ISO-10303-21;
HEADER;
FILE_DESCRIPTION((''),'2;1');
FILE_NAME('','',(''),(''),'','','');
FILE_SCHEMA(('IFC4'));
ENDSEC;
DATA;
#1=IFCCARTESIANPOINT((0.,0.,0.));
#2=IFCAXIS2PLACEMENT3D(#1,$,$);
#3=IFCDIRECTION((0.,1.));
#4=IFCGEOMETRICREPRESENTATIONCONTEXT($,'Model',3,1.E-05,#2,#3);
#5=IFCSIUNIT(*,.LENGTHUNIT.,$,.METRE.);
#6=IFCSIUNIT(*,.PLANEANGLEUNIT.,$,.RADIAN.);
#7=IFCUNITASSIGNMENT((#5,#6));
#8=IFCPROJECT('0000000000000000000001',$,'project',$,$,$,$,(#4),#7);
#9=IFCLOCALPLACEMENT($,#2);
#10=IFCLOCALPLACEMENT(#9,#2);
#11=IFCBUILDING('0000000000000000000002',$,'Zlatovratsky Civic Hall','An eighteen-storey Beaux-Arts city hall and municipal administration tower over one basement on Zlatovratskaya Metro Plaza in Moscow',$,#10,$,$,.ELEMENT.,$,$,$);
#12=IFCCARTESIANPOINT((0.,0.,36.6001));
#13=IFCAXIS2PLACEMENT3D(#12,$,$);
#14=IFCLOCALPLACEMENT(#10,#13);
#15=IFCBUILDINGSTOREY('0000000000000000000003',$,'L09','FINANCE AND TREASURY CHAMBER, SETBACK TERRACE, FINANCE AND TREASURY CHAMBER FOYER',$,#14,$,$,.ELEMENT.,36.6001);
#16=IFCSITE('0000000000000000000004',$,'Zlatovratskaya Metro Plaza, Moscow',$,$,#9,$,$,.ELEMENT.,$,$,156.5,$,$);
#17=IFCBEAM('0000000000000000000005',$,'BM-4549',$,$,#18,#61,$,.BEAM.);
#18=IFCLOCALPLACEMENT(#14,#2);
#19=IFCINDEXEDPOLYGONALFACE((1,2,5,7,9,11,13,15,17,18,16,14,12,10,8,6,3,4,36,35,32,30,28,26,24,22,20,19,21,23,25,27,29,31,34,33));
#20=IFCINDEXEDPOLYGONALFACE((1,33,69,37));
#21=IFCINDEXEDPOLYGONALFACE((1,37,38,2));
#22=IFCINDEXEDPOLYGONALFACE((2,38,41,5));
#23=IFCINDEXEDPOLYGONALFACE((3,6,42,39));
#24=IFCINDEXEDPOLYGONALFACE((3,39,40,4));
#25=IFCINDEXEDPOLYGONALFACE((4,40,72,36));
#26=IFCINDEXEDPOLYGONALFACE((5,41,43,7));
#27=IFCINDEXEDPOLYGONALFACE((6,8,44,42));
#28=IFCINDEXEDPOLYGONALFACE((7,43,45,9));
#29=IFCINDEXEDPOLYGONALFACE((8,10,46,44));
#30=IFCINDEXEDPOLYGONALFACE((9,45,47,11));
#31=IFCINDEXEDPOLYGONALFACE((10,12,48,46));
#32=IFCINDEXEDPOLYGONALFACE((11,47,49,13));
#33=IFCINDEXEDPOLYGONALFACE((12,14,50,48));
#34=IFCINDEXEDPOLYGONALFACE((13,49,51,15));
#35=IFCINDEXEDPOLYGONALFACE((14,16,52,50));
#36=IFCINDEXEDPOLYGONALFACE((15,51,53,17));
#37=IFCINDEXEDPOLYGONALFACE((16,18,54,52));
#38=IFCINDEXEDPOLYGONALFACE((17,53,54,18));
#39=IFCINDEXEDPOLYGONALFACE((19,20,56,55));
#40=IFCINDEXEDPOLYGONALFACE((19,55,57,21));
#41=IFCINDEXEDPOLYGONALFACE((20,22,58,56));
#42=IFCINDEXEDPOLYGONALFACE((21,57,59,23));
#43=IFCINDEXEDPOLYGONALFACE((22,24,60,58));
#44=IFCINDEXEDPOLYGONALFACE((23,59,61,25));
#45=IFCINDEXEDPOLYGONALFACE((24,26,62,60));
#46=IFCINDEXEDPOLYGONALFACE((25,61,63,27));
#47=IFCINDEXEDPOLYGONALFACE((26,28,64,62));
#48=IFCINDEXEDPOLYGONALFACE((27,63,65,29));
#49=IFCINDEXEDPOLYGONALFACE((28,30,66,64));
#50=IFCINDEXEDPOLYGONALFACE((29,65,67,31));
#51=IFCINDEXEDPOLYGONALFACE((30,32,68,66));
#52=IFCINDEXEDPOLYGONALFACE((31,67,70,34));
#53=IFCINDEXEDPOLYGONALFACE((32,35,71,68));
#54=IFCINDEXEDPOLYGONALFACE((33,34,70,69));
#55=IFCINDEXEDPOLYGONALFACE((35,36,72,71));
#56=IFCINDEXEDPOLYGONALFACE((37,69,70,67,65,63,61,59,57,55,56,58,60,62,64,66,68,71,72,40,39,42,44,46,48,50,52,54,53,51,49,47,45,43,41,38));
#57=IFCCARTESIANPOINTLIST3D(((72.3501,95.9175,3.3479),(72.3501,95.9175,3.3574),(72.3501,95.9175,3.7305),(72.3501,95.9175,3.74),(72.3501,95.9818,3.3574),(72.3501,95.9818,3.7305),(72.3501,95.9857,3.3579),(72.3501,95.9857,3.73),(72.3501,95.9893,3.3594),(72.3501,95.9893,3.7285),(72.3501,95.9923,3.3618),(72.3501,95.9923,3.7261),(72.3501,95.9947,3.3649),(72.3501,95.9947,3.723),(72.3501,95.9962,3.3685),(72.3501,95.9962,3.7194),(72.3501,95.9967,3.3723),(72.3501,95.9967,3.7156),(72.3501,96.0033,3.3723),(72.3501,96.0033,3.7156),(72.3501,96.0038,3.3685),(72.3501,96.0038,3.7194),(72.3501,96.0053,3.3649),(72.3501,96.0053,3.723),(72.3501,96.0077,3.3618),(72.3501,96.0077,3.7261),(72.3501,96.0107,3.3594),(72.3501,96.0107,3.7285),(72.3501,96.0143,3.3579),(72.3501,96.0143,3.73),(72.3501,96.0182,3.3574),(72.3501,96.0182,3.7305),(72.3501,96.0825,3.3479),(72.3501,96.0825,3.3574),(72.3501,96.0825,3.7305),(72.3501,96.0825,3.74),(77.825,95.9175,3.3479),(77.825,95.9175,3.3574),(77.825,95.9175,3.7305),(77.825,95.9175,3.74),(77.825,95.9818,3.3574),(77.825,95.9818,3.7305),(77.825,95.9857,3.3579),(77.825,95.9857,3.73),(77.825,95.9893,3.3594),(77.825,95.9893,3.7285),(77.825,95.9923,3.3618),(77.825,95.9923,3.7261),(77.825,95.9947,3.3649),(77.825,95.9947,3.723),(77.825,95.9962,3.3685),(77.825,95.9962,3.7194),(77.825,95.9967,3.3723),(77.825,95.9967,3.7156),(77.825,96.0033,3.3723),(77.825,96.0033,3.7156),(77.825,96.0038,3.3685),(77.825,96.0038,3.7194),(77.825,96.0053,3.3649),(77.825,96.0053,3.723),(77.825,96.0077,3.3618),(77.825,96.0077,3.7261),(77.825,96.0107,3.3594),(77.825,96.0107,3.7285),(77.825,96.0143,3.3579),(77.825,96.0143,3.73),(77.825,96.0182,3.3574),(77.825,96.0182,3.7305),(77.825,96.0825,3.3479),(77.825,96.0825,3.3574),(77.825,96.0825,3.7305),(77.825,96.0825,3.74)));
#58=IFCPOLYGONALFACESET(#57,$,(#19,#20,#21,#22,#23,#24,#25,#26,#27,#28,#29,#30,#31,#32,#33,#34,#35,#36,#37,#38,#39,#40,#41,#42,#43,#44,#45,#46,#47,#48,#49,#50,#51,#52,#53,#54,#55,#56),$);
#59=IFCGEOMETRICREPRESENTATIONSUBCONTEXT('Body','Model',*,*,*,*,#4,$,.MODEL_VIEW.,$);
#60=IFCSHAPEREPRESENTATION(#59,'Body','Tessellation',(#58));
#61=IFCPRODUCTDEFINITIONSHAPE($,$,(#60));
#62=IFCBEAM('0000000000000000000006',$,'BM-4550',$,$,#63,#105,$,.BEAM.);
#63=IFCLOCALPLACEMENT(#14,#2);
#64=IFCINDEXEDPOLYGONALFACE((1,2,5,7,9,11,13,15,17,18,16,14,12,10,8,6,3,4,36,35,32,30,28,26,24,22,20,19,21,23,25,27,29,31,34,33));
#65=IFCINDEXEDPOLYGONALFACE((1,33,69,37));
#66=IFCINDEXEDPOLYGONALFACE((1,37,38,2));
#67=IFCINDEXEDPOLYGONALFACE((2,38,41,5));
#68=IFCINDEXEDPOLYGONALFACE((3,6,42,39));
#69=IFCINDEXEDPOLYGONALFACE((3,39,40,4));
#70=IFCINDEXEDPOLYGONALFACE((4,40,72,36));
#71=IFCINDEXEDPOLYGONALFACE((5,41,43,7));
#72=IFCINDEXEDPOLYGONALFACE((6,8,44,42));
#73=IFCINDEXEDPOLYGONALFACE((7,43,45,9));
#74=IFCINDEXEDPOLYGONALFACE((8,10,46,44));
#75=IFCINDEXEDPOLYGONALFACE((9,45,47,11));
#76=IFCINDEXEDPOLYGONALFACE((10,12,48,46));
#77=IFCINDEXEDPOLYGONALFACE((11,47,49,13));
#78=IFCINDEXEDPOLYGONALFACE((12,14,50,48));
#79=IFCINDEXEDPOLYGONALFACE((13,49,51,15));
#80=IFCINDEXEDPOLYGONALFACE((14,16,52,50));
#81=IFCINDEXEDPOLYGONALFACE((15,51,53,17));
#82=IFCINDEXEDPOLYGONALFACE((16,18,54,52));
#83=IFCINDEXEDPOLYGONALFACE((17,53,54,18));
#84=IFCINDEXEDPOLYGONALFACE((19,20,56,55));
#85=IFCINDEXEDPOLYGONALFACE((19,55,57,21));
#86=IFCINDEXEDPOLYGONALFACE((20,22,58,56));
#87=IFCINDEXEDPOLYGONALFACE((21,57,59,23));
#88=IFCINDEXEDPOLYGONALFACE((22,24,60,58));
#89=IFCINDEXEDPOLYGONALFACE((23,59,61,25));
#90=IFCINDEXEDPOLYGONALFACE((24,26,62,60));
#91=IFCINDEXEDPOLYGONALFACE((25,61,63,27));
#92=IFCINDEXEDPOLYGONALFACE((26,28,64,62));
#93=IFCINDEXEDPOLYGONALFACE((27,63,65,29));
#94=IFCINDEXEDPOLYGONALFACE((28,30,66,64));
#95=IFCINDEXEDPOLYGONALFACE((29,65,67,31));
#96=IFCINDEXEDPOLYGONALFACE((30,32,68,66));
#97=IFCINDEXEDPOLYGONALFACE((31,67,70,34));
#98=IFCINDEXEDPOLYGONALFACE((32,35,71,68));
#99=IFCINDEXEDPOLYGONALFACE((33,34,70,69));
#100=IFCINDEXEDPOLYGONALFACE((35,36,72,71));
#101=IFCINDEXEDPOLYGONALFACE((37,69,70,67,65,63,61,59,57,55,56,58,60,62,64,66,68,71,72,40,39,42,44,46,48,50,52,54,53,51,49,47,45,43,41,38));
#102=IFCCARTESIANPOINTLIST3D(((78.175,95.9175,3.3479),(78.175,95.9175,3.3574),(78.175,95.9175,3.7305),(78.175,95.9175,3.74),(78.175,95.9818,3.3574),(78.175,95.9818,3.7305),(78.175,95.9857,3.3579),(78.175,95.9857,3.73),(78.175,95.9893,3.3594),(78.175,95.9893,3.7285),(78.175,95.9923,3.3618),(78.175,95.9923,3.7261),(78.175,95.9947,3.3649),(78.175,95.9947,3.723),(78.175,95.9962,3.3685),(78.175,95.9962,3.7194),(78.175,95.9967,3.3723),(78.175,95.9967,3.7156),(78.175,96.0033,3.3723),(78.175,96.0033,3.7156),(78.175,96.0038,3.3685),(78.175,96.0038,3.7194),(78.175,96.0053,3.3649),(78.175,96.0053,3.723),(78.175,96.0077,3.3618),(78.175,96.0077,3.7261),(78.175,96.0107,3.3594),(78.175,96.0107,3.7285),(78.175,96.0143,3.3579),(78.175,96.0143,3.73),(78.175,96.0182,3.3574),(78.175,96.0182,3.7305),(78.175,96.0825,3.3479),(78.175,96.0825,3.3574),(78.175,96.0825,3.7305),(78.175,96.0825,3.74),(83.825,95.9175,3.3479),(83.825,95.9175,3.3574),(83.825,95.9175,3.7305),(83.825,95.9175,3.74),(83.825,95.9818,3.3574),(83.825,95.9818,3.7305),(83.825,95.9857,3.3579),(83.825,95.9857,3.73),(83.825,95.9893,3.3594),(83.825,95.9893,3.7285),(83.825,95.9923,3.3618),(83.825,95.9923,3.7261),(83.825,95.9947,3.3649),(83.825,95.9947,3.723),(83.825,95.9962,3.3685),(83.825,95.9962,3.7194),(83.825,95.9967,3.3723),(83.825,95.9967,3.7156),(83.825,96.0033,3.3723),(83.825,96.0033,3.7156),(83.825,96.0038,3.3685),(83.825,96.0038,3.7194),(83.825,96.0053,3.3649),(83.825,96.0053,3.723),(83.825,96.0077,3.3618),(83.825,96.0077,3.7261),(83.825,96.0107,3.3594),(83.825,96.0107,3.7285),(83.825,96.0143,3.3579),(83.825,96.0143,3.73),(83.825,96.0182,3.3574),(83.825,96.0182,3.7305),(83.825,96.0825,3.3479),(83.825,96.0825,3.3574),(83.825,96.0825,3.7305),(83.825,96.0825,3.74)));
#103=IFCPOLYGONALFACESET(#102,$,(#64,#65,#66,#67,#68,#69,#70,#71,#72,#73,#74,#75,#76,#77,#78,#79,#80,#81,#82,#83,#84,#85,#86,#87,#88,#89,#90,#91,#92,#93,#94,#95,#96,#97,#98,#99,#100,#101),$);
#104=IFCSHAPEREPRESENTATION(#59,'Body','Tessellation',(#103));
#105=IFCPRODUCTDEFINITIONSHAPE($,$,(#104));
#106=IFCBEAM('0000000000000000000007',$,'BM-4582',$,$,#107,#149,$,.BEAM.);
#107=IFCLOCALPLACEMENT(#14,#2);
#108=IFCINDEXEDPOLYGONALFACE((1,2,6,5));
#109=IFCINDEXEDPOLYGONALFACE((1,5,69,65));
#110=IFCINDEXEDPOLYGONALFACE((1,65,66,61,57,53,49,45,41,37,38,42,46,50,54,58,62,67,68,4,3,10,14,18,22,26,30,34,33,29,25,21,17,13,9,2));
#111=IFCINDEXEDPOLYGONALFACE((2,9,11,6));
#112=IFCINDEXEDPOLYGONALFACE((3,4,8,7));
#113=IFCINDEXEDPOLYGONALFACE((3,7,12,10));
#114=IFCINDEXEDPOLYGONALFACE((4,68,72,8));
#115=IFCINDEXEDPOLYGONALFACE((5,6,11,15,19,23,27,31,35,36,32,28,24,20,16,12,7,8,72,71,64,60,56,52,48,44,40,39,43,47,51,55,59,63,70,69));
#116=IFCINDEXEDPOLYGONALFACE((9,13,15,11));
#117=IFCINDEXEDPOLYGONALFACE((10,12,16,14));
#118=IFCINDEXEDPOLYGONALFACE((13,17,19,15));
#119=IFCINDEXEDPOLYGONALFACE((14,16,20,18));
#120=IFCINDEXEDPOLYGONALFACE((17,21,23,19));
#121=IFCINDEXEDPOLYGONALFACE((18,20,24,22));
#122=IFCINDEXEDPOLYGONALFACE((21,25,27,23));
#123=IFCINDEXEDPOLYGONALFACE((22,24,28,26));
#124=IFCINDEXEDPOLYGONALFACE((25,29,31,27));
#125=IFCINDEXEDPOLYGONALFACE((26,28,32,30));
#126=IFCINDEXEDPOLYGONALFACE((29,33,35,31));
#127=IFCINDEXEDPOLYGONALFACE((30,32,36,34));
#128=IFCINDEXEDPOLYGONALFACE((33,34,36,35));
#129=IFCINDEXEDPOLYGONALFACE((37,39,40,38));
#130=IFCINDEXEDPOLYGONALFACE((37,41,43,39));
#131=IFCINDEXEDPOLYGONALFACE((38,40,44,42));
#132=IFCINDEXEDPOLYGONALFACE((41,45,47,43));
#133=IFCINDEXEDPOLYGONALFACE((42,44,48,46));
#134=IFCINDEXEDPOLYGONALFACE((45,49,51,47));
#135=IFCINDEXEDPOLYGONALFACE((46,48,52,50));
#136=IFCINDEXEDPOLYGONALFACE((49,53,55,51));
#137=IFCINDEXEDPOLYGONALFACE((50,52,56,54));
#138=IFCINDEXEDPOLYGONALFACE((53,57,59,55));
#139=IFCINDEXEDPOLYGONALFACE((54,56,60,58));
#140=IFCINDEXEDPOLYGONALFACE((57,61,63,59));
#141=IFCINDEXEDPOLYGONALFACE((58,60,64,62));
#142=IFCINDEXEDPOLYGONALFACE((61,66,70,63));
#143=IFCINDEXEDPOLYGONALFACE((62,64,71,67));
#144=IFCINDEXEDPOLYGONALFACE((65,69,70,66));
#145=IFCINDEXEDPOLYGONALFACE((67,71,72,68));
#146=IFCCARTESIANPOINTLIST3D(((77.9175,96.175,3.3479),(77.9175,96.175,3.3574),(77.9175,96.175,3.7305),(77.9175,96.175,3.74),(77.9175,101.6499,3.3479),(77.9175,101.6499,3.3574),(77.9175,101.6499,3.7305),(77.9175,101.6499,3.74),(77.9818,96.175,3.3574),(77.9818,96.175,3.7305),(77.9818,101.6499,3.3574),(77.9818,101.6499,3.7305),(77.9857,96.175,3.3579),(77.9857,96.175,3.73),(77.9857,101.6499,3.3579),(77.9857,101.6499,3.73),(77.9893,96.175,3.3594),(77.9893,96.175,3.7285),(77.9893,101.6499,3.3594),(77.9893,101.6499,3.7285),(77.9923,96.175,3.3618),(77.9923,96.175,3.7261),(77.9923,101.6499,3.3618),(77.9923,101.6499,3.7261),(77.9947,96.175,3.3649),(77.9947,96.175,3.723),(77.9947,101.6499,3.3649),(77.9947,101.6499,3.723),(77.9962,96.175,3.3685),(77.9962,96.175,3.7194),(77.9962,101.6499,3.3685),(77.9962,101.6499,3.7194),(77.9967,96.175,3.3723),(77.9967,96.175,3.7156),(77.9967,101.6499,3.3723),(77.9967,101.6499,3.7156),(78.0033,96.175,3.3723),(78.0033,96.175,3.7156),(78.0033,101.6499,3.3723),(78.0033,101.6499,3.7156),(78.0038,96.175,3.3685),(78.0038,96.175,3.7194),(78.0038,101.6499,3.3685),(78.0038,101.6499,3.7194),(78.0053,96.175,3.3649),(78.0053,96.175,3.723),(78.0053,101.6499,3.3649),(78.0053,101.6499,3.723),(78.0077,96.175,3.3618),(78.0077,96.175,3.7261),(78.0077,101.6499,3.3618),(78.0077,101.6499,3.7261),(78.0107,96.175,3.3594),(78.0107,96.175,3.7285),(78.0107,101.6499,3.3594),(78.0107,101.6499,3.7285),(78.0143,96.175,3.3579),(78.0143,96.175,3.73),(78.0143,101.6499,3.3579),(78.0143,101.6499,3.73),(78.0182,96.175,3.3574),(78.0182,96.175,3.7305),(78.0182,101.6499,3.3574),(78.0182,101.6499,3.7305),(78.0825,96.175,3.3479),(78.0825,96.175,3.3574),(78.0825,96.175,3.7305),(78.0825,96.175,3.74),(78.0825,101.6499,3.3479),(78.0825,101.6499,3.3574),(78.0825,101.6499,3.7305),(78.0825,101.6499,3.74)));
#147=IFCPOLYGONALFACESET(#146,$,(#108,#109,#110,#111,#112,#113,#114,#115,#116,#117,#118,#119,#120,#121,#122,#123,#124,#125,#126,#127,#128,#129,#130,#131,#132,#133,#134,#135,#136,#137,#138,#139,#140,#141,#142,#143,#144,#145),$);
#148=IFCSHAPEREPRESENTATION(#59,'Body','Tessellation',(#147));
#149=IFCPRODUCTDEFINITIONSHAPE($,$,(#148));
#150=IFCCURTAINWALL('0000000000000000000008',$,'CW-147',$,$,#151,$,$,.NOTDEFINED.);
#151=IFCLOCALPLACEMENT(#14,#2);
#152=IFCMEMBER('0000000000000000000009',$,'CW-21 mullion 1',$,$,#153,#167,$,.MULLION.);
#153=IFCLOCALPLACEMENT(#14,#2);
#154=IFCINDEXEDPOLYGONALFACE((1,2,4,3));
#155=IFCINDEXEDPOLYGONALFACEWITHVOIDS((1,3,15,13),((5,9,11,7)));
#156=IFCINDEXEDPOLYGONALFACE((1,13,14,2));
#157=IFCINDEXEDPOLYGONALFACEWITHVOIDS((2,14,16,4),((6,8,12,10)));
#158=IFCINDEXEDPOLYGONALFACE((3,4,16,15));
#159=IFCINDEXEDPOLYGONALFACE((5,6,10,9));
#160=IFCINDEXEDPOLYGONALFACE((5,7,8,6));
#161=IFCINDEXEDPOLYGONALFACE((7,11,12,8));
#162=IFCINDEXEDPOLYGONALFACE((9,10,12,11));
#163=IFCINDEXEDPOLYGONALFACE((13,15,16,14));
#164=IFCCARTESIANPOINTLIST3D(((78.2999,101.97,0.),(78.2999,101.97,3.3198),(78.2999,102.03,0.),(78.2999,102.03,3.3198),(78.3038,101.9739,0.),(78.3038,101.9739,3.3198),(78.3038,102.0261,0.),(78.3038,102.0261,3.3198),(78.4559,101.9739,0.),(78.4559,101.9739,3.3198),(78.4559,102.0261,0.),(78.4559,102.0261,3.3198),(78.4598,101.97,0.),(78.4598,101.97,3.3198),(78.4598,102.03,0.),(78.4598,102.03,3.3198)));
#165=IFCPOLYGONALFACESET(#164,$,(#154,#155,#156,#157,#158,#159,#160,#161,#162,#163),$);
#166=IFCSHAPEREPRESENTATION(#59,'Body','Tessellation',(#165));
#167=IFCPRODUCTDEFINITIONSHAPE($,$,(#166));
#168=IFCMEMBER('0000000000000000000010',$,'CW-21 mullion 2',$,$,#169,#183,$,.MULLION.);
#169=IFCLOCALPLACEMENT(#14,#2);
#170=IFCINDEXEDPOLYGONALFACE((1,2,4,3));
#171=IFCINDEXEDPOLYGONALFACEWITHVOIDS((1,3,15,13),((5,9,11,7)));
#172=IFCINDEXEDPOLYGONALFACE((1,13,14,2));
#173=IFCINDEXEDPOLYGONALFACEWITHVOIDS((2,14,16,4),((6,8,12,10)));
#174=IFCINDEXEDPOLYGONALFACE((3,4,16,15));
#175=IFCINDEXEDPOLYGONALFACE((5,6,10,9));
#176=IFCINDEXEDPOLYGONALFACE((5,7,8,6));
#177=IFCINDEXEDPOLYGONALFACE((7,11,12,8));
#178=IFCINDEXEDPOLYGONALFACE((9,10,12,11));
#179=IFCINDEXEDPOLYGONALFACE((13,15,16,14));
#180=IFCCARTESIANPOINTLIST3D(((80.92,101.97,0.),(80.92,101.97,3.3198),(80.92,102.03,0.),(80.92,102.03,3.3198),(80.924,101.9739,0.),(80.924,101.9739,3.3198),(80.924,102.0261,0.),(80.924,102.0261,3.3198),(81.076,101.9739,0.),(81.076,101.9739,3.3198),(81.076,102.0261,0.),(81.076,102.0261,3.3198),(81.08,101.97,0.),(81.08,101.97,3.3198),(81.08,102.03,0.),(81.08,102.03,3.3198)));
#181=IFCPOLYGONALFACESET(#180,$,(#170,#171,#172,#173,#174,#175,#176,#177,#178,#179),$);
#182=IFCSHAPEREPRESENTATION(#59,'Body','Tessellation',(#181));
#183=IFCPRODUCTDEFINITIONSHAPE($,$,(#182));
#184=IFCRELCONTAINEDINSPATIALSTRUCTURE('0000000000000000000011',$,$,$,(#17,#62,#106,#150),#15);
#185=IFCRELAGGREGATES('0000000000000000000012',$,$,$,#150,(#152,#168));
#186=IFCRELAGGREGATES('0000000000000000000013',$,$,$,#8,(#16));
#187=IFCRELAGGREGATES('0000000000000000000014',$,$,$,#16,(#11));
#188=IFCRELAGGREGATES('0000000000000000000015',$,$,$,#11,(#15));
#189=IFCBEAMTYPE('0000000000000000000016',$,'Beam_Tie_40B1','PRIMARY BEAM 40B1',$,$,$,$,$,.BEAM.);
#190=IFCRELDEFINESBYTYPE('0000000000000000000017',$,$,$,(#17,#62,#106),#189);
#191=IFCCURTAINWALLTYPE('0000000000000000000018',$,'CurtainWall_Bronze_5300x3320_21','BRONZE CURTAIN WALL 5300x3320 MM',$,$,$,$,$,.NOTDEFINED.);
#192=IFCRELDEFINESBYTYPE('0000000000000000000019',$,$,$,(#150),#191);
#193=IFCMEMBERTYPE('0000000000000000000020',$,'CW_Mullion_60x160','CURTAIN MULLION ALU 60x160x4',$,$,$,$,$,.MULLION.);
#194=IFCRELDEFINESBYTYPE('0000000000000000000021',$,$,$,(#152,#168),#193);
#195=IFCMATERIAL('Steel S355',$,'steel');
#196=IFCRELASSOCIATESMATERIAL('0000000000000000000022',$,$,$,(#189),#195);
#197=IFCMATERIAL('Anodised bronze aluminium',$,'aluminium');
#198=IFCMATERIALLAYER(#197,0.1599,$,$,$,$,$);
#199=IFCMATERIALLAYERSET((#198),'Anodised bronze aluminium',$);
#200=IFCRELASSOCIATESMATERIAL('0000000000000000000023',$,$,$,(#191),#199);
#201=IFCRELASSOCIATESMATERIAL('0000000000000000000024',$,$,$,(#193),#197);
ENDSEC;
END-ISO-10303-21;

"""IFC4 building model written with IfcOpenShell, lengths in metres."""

from ifc_helpers import new_model, si_unit, direction, frame, origin, origin_2d, place, context, subcontext, project, spatial, hollow_rectangle, i_section, extrude, material, layer, layer_set, material_profile, profile_set, type_object, element, aggregate, save


model = new_model("IFC4")

# Units and contexts
model_context = context("Model", 3, precision=1e-05, world=origin(), true_north=direction((0.0, 1.0)))
body_context = subcontext(model_context, "Body", "Model", "MODEL_VIEW")
ifc_project = project(units=[si_unit("LENGTHUNIT", "METRE"), si_unit("PLANEANGLEUNIT", "RADIAN")], contexts=[model_context])

# Site, building, storey
site_placement = place(None, origin())
site = spatial("IfcSite", under=ifc_project, at=site_placement, Name="Zlatovratskaya Metro Plaza, Moscow", CompositionType="ELEMENT", RefElevation=156.5)
building_placement = place(site_placement, origin())
building = spatial("IfcBuilding", under=site, at=building_placement, Name="Zlatovratsky Civic Hall", Description="An eighteen-storey Beaux-Arts city hall and municipal administration tower over one basement on Zlatovratskaya Metro Plaza in Moscow", CompositionType="ELEMENT")
storey_placement = place(building_placement, frame((0.0, 0.0, 36.6001)))
storey = spatial("IfcBuildingStorey", under=building, at=storey_placement, Name="L09", Description="FINANCE AND TREASURY CHAMBER, SETBACK TERRACE, FINANCE AND TREASURY CHAMBER FOYER", CompositionType="ELEMENT", Elevation=36.6001)

# Shared definitions
ifc_material_1 = material(Name="Steel S355", Category="steel")

# Beams
ifc_material_profile_1 = material_profile(ifc_material_1, i_section(OverallWidth=0.165, OverallDepth=0.3921, WebThickness=0.0066, FlangeThickness=0.0095, FilletRadius=0.0149, at=origin_2d()), Name="40B1")
ifc_profile_set_1 = profile_set([ifc_material_profile_1], Name="Steel S355")
beam_type_1 = type_object("IfcBeamType", Name="Beam_Tie_40B1", Description="PRIMARY BEAM 40B1", PredefinedType="BEAM", material=ifc_profile_set_1)
beam_1_placement = place(storey_placement, frame((72.3501, 96.0, 3.5439), z_axis=(1.0, 0.0, 0.0), x_axis=(0.0, 1.0, 0.0)))
element("IfcBeam", 1, at=beam_1_placement, inside=storey, type_object=beam_type_1, Name="BM-4549", PredefinedType="BEAM", context=body_context, shape_type="SweptSolid", body=[
    extrude(i_section(OverallWidth=0.165, OverallDepth=0.3921, WebThickness=0.0066, FlangeThickness=0.0095, FilletRadius=0.0149, at=origin_2d()), origin(), (0.0, 0.0, 1.0), 5.4749),
])
beam_2_placement = place(storey_placement, frame((78.175, 96.0, 3.5439), z_axis=(1.0, 0.0, 0.0), x_axis=(0.0, 1.0, 0.0)))
element("IfcBeam", 2, at=beam_2_placement, inside=storey, type_object=beam_type_1, Name="BM-4550", PredefinedType="BEAM", context=body_context, shape_type="SweptSolid", body=[
    extrude(i_section(OverallWidth=0.165, OverallDepth=0.3921, WebThickness=0.0066, FlangeThickness=0.0095, FilletRadius=0.0149, at=origin_2d()), origin(), (0.0, 0.0, 1.0), 5.6499),
])
beam_3_placement = place(storey_placement, frame((78.0, 96.175, 3.5439), z_axis=(0.0, 1.0, 0.0), x_axis=(-1.0, 0.0, 0.0)))
element("IfcBeam", 3, at=beam_3_placement, inside=storey, type_object=beam_type_1, Name="BM-4582", PredefinedType="BEAM", context=body_context, shape_type="SweptSolid", body=[
    extrude(i_section(OverallWidth=0.165, OverallDepth=0.3921, WebThickness=0.0066, FlangeThickness=0.0095, FilletRadius=0.0149, at=origin_2d()), origin(), (0.0, 0.0, 1.0), 5.4749),
])

# Curtain wall, members
ifc_material_2 = material(Name="Anodised bronze aluminium", Category="aluminium")
ifc_layer_1 = layer(ifc_material_2, 0.1599)
ifc_layer_set_1 = layer_set([ifc_layer_1], Name="Anodised bronze aluminium")
curtain_wall_type = type_object("IfcCurtainWallType", Name="CurtainWall_Bronze_5300x3320_21", Description="BRONZE CURTAIN WALL 5300x3320 MM", PredefinedType="NOTDEFINED", material=ifc_layer_set_1)
curtain_wall_placement = place(storey_placement, origin())
curtain_wall = element("IfcCurtainWall", 4, at=curtain_wall_placement, inside=storey, type_object=curtain_wall_type, Name="CW-147", PredefinedType="NOTDEFINED")
ifc_material_profile_2 = material_profile(ifc_material_2, hollow_rectangle(XDim=0.0601, YDim=0.1599, WallThickness=0.0039, at=origin_2d()), Name="ALU 60x160x4")
ifc_profile_set_2 = profile_set([ifc_material_profile_2], Name="Anodised bronze aluminium")
member_type_1 = type_object("IfcMemberType", Name="CW_Mullion_60x160", Description="CURTAIN MULLION ALU 60x160x4", PredefinedType="MULLION", material=ifc_profile_set_2)
member_1_placement = place(storey_placement, frame((78.3799, 102.0, 0.0), z_axis=(0.0, 0.0, 1.0), x_axis=(0.0, 1.0, 0.0)))
member_1 = element("IfcMember", 5, at=member_1_placement, type_object=member_type_1, Name="CW-21 mullion 1", PredefinedType="MULLION", context=body_context, shape_type="SweptSolid", body=[
    extrude(hollow_rectangle(XDim=0.0601, YDim=0.1599, WallThickness=0.0039, at=origin_2d()), origin(), (0.0, 0.0, 1.0), 3.3198),
])
member_2_placement = place(storey_placement, frame((81.0, 102.0, 0.0), z_axis=(0.0, 0.0, 1.0), x_axis=(0.0, 1.0, 0.0)))
member_2 = element("IfcMember", 6, at=member_2_placement, type_object=member_type_1, Name="CW-21 mullion 2", PredefinedType="MULLION", context=body_context, shape_type="SweptSolid", body=[
    extrude(hollow_rectangle(XDim=0.0601, YDim=0.1599, WallThickness=0.0039, at=origin_2d()), origin(), (0.0, 0.0, 1.0), 3.3198),
])
aggregate(curtain_wall, [member_1, member_2])

save(model, "model.ifc")
